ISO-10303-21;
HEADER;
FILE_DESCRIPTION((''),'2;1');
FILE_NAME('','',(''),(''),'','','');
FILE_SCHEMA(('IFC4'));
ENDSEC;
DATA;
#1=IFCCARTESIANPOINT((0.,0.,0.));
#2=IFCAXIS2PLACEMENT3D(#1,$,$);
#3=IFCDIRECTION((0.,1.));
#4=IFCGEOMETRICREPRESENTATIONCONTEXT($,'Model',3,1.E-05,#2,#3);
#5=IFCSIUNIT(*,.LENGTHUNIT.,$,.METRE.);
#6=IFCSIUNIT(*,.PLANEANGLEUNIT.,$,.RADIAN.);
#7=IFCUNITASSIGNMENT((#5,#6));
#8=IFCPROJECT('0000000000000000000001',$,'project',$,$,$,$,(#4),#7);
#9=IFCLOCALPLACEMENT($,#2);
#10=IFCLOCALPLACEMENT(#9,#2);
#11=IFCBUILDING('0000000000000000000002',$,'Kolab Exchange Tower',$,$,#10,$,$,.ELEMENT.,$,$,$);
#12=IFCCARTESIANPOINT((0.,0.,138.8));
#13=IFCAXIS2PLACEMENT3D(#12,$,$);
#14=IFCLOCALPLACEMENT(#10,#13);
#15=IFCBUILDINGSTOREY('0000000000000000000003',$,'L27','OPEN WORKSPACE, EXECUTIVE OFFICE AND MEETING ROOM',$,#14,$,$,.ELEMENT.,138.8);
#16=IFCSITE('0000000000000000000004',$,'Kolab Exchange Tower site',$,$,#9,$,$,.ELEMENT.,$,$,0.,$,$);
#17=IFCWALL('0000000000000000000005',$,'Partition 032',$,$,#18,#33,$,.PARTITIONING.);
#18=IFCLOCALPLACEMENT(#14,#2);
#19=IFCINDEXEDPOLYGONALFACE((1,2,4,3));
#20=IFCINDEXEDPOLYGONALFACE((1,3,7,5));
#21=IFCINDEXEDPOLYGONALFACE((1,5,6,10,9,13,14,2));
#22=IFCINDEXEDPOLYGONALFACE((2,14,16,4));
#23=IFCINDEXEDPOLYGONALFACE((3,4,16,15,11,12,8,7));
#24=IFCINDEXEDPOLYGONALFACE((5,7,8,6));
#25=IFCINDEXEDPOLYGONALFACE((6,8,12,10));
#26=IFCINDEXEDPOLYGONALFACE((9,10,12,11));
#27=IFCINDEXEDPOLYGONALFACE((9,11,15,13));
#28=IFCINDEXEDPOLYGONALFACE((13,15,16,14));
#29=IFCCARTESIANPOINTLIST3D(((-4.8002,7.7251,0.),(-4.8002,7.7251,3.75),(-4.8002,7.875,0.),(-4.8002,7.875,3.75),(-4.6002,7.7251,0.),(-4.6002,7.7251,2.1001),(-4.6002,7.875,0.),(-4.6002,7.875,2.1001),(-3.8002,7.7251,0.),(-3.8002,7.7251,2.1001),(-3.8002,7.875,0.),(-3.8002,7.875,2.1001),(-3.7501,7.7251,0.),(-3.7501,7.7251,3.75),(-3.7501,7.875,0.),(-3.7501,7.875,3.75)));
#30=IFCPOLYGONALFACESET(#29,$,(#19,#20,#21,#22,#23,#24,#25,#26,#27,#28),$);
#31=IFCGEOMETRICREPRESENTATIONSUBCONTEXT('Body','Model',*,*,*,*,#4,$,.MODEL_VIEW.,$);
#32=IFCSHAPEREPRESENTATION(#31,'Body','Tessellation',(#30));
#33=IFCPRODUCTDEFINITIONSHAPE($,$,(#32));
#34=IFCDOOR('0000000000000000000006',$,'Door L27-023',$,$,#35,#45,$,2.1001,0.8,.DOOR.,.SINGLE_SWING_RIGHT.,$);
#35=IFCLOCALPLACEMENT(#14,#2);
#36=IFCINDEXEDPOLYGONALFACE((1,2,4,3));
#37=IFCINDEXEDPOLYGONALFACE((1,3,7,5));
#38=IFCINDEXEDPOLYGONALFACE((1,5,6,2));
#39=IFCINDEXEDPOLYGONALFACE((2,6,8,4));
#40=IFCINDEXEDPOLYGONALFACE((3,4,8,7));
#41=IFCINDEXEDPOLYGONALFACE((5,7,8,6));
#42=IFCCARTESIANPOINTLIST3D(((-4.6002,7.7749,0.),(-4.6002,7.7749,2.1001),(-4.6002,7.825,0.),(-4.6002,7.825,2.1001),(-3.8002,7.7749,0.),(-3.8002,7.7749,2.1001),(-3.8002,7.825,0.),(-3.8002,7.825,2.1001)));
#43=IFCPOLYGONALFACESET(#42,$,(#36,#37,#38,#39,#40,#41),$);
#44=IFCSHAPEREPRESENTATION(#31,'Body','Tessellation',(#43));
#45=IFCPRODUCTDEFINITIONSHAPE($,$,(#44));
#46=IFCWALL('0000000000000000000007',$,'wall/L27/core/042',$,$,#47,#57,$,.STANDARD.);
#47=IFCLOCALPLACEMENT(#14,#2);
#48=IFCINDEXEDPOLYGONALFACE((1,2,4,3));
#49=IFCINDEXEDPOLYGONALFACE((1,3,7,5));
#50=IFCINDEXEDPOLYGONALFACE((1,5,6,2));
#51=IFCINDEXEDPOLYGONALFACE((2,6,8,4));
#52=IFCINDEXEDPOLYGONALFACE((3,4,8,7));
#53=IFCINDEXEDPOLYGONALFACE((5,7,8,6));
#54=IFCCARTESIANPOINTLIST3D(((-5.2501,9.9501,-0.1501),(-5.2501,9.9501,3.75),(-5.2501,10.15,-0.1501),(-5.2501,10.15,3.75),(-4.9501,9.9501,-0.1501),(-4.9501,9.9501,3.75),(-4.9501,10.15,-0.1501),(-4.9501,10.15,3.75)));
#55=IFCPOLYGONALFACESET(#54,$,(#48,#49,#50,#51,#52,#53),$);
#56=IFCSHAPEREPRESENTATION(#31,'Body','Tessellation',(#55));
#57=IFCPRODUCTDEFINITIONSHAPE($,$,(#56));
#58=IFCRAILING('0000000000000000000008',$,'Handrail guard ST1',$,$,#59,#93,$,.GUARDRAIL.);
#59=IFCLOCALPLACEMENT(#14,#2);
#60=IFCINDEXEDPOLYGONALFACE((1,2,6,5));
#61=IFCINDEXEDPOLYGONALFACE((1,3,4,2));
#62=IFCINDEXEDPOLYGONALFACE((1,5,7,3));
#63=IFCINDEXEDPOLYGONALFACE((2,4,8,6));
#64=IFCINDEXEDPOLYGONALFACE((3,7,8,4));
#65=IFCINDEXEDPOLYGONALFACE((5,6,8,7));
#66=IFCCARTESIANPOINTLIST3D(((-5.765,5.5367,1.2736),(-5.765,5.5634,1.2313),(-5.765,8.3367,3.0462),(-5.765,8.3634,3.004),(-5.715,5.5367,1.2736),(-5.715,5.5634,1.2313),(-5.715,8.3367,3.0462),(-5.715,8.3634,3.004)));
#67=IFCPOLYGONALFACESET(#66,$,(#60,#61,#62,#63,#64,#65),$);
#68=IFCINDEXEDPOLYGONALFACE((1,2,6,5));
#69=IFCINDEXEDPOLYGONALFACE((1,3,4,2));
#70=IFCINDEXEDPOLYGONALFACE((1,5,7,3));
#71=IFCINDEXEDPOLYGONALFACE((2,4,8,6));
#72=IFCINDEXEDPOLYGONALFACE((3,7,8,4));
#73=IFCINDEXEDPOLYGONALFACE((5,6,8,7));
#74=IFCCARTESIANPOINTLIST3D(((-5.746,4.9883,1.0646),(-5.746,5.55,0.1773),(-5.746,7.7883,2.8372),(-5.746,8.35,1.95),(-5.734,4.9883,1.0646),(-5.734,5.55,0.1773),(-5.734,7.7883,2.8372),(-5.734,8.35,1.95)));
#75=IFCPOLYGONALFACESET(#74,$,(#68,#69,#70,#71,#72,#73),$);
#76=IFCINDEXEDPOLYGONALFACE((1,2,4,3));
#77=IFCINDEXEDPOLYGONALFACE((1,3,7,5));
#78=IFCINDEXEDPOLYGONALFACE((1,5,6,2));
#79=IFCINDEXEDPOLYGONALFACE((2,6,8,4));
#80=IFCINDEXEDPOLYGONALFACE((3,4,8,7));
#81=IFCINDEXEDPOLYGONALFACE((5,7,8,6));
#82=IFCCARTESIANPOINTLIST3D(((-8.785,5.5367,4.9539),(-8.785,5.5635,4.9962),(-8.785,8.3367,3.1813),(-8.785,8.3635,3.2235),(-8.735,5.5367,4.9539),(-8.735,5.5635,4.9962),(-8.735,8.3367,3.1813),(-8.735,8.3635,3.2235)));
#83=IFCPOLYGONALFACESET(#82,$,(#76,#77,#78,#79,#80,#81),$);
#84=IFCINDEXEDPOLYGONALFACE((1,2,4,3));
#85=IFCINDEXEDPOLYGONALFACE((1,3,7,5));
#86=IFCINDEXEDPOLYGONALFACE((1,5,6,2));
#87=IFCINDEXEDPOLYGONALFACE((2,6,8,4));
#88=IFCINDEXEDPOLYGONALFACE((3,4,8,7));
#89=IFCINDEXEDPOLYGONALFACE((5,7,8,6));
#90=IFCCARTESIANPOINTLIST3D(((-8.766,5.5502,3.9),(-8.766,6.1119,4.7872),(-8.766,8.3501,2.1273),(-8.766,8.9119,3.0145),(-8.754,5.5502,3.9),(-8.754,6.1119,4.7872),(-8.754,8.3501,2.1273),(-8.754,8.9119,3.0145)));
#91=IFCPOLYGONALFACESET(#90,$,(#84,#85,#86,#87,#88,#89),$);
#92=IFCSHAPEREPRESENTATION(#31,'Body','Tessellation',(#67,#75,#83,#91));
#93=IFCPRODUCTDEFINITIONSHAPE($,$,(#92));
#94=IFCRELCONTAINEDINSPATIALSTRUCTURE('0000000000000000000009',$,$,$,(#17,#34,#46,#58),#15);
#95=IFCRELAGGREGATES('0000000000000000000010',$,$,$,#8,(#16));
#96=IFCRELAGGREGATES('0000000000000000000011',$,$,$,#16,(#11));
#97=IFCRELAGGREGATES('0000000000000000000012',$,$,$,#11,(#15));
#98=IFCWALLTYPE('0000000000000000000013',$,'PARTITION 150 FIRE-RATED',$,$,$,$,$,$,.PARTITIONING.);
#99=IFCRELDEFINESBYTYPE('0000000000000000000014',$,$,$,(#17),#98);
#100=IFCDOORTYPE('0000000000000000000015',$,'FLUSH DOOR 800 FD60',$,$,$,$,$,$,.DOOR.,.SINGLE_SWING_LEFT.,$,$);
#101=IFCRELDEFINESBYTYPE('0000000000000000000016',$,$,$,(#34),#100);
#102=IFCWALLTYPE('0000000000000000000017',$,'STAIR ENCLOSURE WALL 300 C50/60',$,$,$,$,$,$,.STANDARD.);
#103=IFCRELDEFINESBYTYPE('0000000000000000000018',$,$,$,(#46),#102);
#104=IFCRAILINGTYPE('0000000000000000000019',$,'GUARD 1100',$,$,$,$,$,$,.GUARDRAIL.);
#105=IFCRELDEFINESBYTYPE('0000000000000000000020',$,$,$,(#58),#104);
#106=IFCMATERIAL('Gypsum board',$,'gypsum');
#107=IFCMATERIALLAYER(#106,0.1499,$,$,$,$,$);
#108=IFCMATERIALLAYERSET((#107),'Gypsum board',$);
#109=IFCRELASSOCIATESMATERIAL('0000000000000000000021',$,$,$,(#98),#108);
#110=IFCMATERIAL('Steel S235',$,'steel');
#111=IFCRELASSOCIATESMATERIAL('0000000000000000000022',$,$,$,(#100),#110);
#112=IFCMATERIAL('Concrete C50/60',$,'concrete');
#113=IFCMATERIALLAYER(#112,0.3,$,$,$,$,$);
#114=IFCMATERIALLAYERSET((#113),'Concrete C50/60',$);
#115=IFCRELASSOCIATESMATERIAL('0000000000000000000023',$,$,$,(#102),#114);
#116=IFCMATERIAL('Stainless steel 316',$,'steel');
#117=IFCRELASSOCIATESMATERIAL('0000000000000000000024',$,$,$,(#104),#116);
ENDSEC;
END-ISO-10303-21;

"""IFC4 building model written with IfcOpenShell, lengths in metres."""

from ifc_helpers import new_model, si_unit, direction, frame, frame_2d, origin, origin_2d, place, context, subcontext, project, spatial, rectangle, extrude, material, layer, layer_set, type_object, element, fill, save


model = new_model("IFC4")

# Units and contexts
model_context = context("Model", 3, precision=1e-05, world=origin(), true_north=direction((0.0, 1.0)))
body_context = subcontext(model_context, "Body", "Model", "MODEL_VIEW")
ifc_project = project(units=[si_unit("LENGTHUNIT", "METRE"), si_unit("PLANEANGLEUNIT", "RADIAN")], contexts=[model_context])

# Site, building, storey
site_placement = place(None, origin())
site = spatial("IfcSite", under=ifc_project, at=site_placement, Name="Kolab Exchange Tower site", CompositionType="ELEMENT", RefElevation=0.0)
building_placement = place(site_placement, origin())
building = spatial("IfcBuilding", under=site, at=building_placement, Name="Kolab Exchange Tower", CompositionType="ELEMENT")
storey_placement = place(building_placement, frame((0.0, 0.0, 138.8)))
storey = spatial("IfcBuildingStorey", under=building, at=storey_placement, Name="L27", Description="OPEN WORKSPACE, EXECUTIVE OFFICE AND MEETING ROOM", CompositionType="ELEMENT", Elevation=138.8)

# Shared definitions
ifc_material_1 = material(Name="Steel S235", Category="steel")
ifc_material_2 = material(Name="Concrete C50/60", Category="concrete")
ifc_material_3 = material(Name="Stainless steel 316", Category="steel")

# Shared definitions
ifc_material_4 = material(Name="Gypsum board", Category="gypsum")
ifc_layer_1 = layer(ifc_material_4, 0.1499)
ifc_layer_set_1 = layer_set([ifc_layer_1], Name="Gypsum board")
wall_type_1 = type_object("IfcWallType", Name="PARTITION 150 FIRE-RATED", PredefinedType="PARTITIONING", material=ifc_layer_set_1)

# Wall, opening, door
wall_1_placement = place(storey_placement, frame((-4.8, 7.8, 0.0), z_axis=(0.0, 0.0, 1.0), x_axis=(1.0, 0.0, 0.0)))
wall_1 = element("IfcWall", 1, at=wall_1_placement, inside=storey, type_object=wall_type_1, Name="Partition 032", PredefinedType="PARTITIONING", context=body_context, shape_type="SweptSolid", body=[
    extrude(rectangle(XDim=1.05, YDim=0.1499, at=frame_2d((0.5249, 0.0))), origin(), (0.0, 0.0, 1.0), 3.75),
])
opening_1_placement = place(wall_1_placement, frame((0.2, 0.0, 0.0)))
opening_1 = element("IfcOpeningElement", 2, at=opening_1_placement, cuts=wall_1, PredefinedType="OPENING", context=body_context, shape_type="SweptSolid", body=[
    extrude(rectangle(XDim=0.8, YDim=2.1001, at=frame_2d((0.3999, 1.05))), frame((0.0, 0.085, 0.0), z_axis=(0.0, -1.0, 0.0), x_axis=(1.0, 0.0, 0.0)), (0.0, 0.0, 1.0), 0.1699),
])
door_type_1 = type_object("IfcDoorType", Name="FLUSH DOOR 800 FD60", OperationType="SINGLE_SWING_LEFT", PredefinedType="DOOR", material=ifc_material_1)
door_1_placement = place(opening_1_placement, origin())
door_1 = element("IfcDoor", 3, at=door_1_placement, inside=storey, type_object=door_type_1, Name="Door L27-023", OperationType="SINGLE_SWING_RIGHT", OverallHeight=2.1001, OverallWidth=0.8, PredefinedType="DOOR", context=body_context, shape_type="SweptSolid", body=[
    extrude(rectangle(XDim=0.8, YDim=2.1001, at=frame_2d((0.3999, 1.05))), frame((0.0, 0.0249, 0.0), z_axis=(0.0, -1.0, 0.0), x_axis=(1.0, 0.0, 0.0)), (0.0, 0.0, 1.0), 0.05),
])
fill(opening_1, door_1)

# Wall
ifc_layer_2 = layer(ifc_material_2, 0.3)
ifc_layer_set_2 = layer_set([ifc_layer_2], Name="Concrete C50/60")
wall_type_2 = type_object("IfcWallType", Name="STAIR ENCLOSURE WALL 300 C50/60", PredefinedType="STANDARD", material=ifc_layer_set_2)
wall_2_placement = place(storey_placement, frame((-5.1001, 9.95, -0.1501), z_axis=(0.0, 0.0, 1.0), x_axis=(0.0, 1.0, 0.0)))
element("IfcWall", 4, at=wall_2_placement, inside=storey, type_object=wall_type_2, Name="wall/L27/core/042", PredefinedType="STANDARD", context=body_context, shape_type="SweptSolid", body=[
    extrude(rectangle(XDim=0.2, YDim=0.3, at=frame_2d((0.1001, 0.0))), origin(), (0.0, 0.0, 1.0), 3.9001),
])

# Railing
railing_type = type_object("IfcRailingType", Name="GUARD 1100", PredefinedType="GUARDRAIL", material=ifc_material_3)
railing_placement = place(storey_placement, frame((-5.74, 5.55, 0.1772)))
element("IfcRailing", 5, at=railing_placement, inside=storey, type_object=railing_type, Name="Handrail guard ST1", PredefinedType="GUARDRAIL", context=body_context, shape_type="SweptSolid", body=[
    extrude(rectangle(XDim=0.05, YDim=0.05, at=origin_2d()), frame((0.0, 0.0, 1.0752), z_axis=(0.0, 0.844909, 0.53491), x_axis=(-1.0, 0.0, 0.0)), (0.0, 0.0, 1.0), 3.314),
    extrude(rectangle(XDim=0.012, YDim=1.0501, at=frame_2d((0.0, 0.5251))), frame((0.0, 0.0, 0.0), z_axis=(0.0, 0.844909, 0.53491), x_axis=(-1.0, 0.0, 0.0)), (0.0, 0.0, 1.0), 3.314),
    extrude(rectangle(XDim=0.05, YDim=0.05, at=origin_2d()), frame((-3.02, 2.8, 3.0251), z_axis=(0.0, -0.844909, 0.53491), x_axis=(1.0, 0.0, 0.0)), (0.0, 0.0, 1.0), 3.314),
    extrude(rectangle(XDim=0.012, YDim=1.0501, at=frame_2d((0.0, 0.5251))), frame((-3.02, 2.8, 1.95), z_axis=(0.0, -0.844909, 0.53491), x_axis=(1.0, 0.0, 0.0)), (0.0, 0.0, 1.0), 3.314),
])

save(model, "model.ifc")
